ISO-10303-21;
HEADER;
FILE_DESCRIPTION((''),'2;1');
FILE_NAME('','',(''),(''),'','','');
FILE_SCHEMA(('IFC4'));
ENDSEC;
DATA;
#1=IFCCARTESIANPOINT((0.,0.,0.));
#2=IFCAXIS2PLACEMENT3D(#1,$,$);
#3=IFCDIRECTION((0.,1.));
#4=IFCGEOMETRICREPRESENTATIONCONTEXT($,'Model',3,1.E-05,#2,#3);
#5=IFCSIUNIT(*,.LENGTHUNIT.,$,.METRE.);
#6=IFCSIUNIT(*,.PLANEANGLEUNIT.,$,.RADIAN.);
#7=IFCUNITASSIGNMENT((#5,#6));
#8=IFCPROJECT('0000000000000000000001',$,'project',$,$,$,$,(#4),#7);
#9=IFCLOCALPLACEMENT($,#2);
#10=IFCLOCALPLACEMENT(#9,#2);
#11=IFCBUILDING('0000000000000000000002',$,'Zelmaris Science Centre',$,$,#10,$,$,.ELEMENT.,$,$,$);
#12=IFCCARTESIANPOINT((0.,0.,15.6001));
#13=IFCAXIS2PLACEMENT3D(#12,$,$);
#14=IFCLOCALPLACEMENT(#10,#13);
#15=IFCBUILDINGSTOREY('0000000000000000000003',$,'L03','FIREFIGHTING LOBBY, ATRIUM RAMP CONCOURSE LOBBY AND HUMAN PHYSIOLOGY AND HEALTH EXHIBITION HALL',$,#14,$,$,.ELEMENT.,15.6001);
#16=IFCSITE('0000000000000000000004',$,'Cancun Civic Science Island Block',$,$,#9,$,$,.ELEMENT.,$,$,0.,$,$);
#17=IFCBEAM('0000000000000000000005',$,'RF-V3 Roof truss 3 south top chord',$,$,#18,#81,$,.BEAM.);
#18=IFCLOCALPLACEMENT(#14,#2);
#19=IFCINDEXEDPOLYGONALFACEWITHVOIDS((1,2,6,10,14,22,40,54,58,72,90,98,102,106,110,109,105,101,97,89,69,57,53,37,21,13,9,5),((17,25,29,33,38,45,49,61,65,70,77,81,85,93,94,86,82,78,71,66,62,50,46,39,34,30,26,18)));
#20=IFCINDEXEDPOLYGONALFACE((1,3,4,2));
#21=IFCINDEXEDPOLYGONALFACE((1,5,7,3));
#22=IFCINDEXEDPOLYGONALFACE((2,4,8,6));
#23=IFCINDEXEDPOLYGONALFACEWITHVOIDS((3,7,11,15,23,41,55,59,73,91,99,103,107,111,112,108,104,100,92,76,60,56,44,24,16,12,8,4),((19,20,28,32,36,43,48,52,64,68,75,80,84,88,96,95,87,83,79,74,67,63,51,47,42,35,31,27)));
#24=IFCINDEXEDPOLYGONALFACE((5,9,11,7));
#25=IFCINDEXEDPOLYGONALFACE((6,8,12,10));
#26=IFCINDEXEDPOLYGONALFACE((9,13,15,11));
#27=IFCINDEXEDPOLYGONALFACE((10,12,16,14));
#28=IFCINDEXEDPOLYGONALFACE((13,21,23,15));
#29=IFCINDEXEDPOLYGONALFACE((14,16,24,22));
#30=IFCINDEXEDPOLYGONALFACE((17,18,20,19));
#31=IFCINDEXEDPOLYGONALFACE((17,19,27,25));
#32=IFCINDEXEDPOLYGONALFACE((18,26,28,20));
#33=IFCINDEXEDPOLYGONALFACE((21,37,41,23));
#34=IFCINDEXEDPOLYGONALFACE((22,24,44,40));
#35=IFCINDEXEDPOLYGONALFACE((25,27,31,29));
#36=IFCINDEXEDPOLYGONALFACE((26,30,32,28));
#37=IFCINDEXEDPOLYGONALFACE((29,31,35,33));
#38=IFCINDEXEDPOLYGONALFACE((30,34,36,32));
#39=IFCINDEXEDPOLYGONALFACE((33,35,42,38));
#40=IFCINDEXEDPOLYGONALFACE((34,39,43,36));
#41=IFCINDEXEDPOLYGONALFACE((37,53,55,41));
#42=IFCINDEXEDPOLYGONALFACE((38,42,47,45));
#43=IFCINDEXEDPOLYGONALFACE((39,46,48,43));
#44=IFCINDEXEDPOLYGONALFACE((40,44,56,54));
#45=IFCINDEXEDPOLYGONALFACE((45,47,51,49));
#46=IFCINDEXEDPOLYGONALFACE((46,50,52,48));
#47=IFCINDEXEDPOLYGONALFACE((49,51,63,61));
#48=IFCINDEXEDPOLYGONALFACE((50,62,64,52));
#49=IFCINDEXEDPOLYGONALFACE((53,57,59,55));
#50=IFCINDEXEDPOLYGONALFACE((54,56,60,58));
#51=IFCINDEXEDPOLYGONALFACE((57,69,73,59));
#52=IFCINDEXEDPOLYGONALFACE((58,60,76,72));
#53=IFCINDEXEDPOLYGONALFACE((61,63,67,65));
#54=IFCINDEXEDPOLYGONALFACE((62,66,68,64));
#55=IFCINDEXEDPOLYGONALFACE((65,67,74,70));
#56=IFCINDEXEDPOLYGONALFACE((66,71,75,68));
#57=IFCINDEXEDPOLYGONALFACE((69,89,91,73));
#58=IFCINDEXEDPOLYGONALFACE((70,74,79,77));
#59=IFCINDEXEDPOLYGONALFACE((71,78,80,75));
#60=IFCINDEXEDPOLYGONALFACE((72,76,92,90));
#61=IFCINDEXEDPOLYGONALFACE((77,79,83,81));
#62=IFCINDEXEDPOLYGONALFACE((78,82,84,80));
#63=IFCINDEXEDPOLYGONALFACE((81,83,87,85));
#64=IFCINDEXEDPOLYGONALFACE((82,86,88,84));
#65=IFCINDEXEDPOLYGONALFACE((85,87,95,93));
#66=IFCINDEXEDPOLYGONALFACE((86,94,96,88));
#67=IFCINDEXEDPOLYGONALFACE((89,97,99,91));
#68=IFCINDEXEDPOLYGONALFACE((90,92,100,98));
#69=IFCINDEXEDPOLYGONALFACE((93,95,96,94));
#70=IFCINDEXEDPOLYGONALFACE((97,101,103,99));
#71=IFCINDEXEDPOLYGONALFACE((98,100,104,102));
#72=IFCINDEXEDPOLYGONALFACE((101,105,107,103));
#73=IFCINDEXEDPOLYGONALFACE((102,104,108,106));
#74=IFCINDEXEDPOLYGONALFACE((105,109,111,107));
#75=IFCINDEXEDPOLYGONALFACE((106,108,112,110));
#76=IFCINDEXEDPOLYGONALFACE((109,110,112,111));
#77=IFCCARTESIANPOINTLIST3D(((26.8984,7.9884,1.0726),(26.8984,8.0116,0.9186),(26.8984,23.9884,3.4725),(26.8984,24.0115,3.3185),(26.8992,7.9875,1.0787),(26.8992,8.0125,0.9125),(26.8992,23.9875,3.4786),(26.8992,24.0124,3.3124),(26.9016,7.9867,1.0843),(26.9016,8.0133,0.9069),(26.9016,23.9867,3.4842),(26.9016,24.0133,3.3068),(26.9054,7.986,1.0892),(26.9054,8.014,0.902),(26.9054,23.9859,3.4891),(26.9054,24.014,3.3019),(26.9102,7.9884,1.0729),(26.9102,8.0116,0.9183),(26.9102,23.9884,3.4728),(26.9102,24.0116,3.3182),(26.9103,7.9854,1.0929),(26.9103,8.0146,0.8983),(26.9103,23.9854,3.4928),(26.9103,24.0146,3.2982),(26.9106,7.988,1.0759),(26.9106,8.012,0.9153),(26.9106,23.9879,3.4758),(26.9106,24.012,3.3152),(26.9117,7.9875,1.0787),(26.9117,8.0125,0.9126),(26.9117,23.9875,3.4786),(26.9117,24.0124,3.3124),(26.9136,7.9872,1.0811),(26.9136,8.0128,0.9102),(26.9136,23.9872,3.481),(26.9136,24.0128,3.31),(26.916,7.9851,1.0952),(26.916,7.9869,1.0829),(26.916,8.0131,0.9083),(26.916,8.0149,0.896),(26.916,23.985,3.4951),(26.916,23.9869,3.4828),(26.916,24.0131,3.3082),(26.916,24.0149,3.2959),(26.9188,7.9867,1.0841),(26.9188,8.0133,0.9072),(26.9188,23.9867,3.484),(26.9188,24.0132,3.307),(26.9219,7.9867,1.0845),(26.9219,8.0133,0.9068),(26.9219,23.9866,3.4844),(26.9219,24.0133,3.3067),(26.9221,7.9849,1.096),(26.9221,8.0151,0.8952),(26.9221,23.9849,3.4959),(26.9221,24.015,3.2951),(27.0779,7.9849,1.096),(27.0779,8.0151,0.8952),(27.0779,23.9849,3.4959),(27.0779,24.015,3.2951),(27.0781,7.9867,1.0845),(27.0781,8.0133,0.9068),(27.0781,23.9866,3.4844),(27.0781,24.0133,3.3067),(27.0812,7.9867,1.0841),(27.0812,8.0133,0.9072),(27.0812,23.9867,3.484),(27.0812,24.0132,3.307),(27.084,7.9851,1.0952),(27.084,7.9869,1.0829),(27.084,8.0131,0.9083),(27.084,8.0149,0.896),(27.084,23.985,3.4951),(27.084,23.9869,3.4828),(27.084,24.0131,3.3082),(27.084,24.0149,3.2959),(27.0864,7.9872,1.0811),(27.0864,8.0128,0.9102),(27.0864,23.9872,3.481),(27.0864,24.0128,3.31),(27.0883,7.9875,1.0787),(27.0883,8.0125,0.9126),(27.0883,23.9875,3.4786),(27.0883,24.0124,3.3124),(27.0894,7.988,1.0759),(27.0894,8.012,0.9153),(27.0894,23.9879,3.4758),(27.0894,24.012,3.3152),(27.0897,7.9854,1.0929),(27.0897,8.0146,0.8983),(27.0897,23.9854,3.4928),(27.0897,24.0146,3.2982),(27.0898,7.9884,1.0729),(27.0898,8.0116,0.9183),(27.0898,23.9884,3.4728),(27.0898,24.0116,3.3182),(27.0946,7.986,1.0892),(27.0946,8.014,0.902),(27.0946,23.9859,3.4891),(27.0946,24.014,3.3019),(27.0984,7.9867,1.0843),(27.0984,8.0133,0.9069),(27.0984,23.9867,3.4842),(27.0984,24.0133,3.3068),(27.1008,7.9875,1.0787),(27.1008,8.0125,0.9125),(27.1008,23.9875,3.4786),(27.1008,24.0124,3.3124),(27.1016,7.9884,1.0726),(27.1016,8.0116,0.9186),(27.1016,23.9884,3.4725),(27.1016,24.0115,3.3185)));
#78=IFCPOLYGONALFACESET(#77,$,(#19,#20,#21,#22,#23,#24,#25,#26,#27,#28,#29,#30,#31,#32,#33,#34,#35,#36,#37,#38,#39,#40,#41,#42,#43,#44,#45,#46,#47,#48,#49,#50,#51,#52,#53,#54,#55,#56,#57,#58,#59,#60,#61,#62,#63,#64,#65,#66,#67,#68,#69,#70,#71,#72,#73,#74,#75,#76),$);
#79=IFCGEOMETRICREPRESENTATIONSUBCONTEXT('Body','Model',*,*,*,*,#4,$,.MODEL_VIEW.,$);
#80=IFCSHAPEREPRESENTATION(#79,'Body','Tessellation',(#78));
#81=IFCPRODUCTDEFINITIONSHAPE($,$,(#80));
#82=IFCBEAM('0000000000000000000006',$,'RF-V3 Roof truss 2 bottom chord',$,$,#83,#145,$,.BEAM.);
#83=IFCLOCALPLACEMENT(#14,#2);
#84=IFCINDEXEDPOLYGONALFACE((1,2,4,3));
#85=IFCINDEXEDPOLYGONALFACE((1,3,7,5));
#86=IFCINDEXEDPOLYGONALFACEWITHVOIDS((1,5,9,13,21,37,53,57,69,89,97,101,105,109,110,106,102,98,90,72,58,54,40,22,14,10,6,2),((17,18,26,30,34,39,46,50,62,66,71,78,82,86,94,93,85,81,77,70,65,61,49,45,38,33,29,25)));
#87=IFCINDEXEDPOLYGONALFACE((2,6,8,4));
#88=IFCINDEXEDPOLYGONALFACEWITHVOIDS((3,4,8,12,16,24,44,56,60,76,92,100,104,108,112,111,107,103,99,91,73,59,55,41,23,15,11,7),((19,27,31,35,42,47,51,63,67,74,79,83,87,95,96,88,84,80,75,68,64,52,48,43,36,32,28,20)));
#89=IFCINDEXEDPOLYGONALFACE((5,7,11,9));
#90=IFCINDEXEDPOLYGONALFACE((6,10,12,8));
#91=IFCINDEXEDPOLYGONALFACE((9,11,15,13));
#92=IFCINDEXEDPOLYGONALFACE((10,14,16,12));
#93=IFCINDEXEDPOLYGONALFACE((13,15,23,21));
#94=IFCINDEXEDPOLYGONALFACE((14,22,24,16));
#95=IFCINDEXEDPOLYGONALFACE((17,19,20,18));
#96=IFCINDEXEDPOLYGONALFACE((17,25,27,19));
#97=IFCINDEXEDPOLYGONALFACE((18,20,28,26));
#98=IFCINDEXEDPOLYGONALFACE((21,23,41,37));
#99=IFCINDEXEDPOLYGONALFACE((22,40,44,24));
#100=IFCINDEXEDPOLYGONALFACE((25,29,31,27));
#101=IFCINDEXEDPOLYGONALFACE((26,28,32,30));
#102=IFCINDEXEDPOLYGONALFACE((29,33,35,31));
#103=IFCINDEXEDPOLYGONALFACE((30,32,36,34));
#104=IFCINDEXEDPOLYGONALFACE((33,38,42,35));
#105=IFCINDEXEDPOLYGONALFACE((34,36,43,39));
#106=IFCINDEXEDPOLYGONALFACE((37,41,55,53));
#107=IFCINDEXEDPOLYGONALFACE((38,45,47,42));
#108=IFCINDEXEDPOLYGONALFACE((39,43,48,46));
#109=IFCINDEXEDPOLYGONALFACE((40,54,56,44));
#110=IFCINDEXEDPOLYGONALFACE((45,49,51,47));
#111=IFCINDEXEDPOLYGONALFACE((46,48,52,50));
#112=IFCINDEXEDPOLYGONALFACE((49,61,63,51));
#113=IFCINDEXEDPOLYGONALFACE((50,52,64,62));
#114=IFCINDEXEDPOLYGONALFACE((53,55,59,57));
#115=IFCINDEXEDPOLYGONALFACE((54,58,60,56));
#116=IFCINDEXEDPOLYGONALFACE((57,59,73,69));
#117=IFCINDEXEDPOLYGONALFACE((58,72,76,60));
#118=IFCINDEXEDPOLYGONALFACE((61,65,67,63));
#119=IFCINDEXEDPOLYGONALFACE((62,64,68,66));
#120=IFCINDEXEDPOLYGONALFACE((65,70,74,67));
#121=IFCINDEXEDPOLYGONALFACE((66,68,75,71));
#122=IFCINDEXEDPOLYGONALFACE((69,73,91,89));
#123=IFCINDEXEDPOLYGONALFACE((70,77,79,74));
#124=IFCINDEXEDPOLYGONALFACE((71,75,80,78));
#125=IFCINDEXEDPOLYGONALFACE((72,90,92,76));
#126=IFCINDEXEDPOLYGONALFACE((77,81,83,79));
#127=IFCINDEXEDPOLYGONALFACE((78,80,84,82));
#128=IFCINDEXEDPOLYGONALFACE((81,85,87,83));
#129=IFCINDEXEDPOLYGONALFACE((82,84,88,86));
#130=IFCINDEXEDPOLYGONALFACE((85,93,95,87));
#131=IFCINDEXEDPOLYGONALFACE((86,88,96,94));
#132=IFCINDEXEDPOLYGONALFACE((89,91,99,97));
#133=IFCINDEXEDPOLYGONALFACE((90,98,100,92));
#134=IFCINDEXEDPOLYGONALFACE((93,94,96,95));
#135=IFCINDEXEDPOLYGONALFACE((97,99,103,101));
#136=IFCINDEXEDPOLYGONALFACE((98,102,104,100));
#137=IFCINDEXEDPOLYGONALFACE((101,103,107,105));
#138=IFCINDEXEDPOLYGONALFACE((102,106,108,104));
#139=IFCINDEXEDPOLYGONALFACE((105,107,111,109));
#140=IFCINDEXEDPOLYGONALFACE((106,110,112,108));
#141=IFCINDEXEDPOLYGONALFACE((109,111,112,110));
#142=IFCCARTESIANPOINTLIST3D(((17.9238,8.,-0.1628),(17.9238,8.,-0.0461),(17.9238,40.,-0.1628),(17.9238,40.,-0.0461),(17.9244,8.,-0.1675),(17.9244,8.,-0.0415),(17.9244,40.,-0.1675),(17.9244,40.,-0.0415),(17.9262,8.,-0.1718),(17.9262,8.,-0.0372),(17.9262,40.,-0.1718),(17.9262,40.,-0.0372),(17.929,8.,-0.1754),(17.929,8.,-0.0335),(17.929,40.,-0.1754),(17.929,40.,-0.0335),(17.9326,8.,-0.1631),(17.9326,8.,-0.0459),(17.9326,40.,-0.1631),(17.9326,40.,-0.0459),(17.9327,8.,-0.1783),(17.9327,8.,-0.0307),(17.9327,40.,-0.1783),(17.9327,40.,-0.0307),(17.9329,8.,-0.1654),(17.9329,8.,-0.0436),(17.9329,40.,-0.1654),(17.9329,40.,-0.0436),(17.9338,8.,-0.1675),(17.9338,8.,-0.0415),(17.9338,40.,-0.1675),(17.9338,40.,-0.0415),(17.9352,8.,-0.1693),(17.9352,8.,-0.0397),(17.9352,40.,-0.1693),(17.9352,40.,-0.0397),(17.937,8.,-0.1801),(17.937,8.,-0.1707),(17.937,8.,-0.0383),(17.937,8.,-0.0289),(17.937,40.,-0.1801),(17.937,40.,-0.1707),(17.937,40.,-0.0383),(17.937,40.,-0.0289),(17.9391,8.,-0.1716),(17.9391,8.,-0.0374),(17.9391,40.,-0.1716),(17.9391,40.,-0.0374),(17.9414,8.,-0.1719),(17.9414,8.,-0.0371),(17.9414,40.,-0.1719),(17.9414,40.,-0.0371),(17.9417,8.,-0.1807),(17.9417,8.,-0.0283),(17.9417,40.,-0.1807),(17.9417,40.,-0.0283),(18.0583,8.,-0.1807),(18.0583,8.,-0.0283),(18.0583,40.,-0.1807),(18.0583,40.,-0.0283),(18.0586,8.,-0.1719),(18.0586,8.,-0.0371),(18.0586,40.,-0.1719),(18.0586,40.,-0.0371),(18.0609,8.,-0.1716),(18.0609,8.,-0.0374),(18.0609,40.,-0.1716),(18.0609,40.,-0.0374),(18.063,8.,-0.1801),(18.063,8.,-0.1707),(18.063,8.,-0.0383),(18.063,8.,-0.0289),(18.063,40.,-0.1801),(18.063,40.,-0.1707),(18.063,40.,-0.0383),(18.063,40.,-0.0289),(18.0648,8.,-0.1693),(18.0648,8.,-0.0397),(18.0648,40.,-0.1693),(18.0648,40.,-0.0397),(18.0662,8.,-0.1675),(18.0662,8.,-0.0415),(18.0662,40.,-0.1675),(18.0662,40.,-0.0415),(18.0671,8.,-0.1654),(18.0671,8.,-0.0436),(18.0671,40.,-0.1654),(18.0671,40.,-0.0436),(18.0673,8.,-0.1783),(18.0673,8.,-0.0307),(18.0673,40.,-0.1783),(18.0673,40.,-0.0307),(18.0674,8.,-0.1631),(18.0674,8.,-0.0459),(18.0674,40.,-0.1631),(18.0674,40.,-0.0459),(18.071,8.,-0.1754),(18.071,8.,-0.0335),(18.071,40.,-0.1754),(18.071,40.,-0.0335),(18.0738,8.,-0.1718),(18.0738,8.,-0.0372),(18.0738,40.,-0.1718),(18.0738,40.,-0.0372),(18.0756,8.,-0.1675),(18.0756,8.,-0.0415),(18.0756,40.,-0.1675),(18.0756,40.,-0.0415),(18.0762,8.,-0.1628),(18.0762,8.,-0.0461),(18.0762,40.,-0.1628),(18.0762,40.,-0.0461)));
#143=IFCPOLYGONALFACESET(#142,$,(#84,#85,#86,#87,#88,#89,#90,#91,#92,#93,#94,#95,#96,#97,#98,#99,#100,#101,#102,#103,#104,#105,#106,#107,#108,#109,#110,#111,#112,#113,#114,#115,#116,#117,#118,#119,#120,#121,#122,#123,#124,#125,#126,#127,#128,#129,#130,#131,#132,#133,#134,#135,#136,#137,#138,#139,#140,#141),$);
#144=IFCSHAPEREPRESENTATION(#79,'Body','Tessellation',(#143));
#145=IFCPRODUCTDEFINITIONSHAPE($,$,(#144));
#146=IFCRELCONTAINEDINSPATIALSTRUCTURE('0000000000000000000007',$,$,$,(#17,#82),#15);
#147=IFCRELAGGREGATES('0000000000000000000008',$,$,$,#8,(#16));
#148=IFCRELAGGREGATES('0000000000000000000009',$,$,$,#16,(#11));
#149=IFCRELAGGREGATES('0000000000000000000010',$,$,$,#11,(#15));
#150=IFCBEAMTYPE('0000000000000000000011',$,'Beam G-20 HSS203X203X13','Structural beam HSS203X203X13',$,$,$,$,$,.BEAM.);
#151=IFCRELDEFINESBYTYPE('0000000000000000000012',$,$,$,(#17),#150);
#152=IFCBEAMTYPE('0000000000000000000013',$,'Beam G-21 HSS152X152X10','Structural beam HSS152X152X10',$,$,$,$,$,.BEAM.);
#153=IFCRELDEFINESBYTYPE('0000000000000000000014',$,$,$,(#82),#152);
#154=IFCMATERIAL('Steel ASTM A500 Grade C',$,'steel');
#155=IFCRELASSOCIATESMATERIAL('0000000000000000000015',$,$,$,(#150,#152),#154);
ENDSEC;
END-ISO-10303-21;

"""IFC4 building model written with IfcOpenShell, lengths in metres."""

from ifc_helpers import new_model, si_unit, direction, frame, origin, origin_2d, place, context, subcontext, project, spatial, hollow_rectangle, extrude, material, material_profile, profile_set, type_object, element, save


model = new_model("IFC4")

# Units and contexts
model_context = context("Model", 3, precision=1e-05, world=origin(), true_north=direction((0.0, 1.0)))
body_context = subcontext(model_context, "Body", "Model", "MODEL_VIEW")
ifc_project = project(units=[si_unit("LENGTHUNIT", "METRE"), si_unit("PLANEANGLEUNIT", "RADIAN")], contexts=[model_context])

# Site, building, storey
site_placement = place(None, origin())
site = spatial("IfcSite", under=ifc_project, at=site_placement, Name="Cancun Civic Science Island Block", CompositionType="ELEMENT", RefElevation=0.0)
building_placement = place(site_placement, origin())
building = spatial("IfcBuilding", under=site, at=building_placement, Name="Zelmaris Science Centre", CompositionType="ELEMENT")
storey_placement = place(building_placement, frame((0.0, 0.0, 15.6001)))
storey = spatial("IfcBuildingStorey", under=building, at=storey_placement, Name="L03", Description="FIREFIGHTING LOBBY, ATRIUM RAMP CONCOURSE LOBBY AND HUMAN PHYSIOLOGY AND HEALTH EXHIBITION HALL", CompositionType="ELEMENT", Elevation=15.6001)

# Beams
ifc_material = material(Name="Steel ASTM A500 Grade C", Category="steel")
ifc_material_profile_1 = material_profile(ifc_material, hollow_rectangle(XDim=0.2031, YDim=0.2031, WallThickness=0.0117, InnerFilletRadius=0.0117, OuterFilletRadius=0.0237, at=origin_2d()), Name="HSS203X203X13")
ifc_profile_set_1 = profile_set([ifc_material_profile_1], Name="Steel ASTM A500 Grade C")
beam_type_1 = type_object("IfcBeamType", Name="Beam G-20 HSS203X203X13", Description="Structural beam HSS203X203X13", PredefinedType="BEAM", material=ifc_profile_set_1)
for number, where, z_axis, x_axis, name in (
    (1, (27.0, 8.0, 0.9956), (0.0, 0.988937, 0.148335), (-1.0, 0.0, 0.0), "RF-V3 Roof truss 3 south top chord"),
):
    element("IfcBeam", number, at=place(storey_placement, frame(where, z_axis=z_axis, x_axis=x_axis)), inside=storey, type_object=beam_type_1, Name=name, PredefinedType="BEAM", context=body_context, shape_type="SweptSolid", body=[
        extrude(hollow_rectangle(XDim=0.2031, YDim=0.2031, WallThickness=0.0117, InnerFilletRadius=0.0117, OuterFilletRadius=0.0237, at=origin_2d()), origin(), (0.0, 0.0, 1.0), 16.179),
    ])
ifc_material_profile_2 = material_profile(ifc_material, hollow_rectangle(XDim=0.1523, YDim=0.1523, WallThickness=0.0088, InnerFilletRadius=0.0088, OuterFilletRadius=0.0178, at=origin_2d()), Name="HSS152X152X10")
ifc_profile_set_2 = profile_set([ifc_material_profile_2], Name="Steel ASTM A500 Grade C")
beam_type_2 = type_object("IfcBeamType", Name="Beam G-21 HSS152X152X10", Description="Structural beam HSS152X152X10", PredefinedType="BEAM", material=ifc_profile_set_2)
for number, where, z_axis, x_axis, name in (
    (2, (18.0, 8.0, -0.1045), (0.0, 1.0, 0.0), (-1.0, 0.0, 0.0), "RF-V3 Roof truss 2 bottom chord"),
):
    element("IfcBeam", number, at=place(storey_placement, frame(where, z_axis=z_axis, x_axis=x_axis)), inside=storey, type_object=beam_type_2, Name=name, PredefinedType="BEAM", context=body_context, shape_type="SweptSolid", body=[
        extrude(hollow_rectangle(XDim=0.1523, YDim=0.1523, WallThickness=0.0088, InnerFilletRadius=0.0088, OuterFilletRadius=0.0178, at=origin_2d()), origin(), (0.0, 0.0, 1.0), 32.0),
    ])

save(model, "model.ifc")
